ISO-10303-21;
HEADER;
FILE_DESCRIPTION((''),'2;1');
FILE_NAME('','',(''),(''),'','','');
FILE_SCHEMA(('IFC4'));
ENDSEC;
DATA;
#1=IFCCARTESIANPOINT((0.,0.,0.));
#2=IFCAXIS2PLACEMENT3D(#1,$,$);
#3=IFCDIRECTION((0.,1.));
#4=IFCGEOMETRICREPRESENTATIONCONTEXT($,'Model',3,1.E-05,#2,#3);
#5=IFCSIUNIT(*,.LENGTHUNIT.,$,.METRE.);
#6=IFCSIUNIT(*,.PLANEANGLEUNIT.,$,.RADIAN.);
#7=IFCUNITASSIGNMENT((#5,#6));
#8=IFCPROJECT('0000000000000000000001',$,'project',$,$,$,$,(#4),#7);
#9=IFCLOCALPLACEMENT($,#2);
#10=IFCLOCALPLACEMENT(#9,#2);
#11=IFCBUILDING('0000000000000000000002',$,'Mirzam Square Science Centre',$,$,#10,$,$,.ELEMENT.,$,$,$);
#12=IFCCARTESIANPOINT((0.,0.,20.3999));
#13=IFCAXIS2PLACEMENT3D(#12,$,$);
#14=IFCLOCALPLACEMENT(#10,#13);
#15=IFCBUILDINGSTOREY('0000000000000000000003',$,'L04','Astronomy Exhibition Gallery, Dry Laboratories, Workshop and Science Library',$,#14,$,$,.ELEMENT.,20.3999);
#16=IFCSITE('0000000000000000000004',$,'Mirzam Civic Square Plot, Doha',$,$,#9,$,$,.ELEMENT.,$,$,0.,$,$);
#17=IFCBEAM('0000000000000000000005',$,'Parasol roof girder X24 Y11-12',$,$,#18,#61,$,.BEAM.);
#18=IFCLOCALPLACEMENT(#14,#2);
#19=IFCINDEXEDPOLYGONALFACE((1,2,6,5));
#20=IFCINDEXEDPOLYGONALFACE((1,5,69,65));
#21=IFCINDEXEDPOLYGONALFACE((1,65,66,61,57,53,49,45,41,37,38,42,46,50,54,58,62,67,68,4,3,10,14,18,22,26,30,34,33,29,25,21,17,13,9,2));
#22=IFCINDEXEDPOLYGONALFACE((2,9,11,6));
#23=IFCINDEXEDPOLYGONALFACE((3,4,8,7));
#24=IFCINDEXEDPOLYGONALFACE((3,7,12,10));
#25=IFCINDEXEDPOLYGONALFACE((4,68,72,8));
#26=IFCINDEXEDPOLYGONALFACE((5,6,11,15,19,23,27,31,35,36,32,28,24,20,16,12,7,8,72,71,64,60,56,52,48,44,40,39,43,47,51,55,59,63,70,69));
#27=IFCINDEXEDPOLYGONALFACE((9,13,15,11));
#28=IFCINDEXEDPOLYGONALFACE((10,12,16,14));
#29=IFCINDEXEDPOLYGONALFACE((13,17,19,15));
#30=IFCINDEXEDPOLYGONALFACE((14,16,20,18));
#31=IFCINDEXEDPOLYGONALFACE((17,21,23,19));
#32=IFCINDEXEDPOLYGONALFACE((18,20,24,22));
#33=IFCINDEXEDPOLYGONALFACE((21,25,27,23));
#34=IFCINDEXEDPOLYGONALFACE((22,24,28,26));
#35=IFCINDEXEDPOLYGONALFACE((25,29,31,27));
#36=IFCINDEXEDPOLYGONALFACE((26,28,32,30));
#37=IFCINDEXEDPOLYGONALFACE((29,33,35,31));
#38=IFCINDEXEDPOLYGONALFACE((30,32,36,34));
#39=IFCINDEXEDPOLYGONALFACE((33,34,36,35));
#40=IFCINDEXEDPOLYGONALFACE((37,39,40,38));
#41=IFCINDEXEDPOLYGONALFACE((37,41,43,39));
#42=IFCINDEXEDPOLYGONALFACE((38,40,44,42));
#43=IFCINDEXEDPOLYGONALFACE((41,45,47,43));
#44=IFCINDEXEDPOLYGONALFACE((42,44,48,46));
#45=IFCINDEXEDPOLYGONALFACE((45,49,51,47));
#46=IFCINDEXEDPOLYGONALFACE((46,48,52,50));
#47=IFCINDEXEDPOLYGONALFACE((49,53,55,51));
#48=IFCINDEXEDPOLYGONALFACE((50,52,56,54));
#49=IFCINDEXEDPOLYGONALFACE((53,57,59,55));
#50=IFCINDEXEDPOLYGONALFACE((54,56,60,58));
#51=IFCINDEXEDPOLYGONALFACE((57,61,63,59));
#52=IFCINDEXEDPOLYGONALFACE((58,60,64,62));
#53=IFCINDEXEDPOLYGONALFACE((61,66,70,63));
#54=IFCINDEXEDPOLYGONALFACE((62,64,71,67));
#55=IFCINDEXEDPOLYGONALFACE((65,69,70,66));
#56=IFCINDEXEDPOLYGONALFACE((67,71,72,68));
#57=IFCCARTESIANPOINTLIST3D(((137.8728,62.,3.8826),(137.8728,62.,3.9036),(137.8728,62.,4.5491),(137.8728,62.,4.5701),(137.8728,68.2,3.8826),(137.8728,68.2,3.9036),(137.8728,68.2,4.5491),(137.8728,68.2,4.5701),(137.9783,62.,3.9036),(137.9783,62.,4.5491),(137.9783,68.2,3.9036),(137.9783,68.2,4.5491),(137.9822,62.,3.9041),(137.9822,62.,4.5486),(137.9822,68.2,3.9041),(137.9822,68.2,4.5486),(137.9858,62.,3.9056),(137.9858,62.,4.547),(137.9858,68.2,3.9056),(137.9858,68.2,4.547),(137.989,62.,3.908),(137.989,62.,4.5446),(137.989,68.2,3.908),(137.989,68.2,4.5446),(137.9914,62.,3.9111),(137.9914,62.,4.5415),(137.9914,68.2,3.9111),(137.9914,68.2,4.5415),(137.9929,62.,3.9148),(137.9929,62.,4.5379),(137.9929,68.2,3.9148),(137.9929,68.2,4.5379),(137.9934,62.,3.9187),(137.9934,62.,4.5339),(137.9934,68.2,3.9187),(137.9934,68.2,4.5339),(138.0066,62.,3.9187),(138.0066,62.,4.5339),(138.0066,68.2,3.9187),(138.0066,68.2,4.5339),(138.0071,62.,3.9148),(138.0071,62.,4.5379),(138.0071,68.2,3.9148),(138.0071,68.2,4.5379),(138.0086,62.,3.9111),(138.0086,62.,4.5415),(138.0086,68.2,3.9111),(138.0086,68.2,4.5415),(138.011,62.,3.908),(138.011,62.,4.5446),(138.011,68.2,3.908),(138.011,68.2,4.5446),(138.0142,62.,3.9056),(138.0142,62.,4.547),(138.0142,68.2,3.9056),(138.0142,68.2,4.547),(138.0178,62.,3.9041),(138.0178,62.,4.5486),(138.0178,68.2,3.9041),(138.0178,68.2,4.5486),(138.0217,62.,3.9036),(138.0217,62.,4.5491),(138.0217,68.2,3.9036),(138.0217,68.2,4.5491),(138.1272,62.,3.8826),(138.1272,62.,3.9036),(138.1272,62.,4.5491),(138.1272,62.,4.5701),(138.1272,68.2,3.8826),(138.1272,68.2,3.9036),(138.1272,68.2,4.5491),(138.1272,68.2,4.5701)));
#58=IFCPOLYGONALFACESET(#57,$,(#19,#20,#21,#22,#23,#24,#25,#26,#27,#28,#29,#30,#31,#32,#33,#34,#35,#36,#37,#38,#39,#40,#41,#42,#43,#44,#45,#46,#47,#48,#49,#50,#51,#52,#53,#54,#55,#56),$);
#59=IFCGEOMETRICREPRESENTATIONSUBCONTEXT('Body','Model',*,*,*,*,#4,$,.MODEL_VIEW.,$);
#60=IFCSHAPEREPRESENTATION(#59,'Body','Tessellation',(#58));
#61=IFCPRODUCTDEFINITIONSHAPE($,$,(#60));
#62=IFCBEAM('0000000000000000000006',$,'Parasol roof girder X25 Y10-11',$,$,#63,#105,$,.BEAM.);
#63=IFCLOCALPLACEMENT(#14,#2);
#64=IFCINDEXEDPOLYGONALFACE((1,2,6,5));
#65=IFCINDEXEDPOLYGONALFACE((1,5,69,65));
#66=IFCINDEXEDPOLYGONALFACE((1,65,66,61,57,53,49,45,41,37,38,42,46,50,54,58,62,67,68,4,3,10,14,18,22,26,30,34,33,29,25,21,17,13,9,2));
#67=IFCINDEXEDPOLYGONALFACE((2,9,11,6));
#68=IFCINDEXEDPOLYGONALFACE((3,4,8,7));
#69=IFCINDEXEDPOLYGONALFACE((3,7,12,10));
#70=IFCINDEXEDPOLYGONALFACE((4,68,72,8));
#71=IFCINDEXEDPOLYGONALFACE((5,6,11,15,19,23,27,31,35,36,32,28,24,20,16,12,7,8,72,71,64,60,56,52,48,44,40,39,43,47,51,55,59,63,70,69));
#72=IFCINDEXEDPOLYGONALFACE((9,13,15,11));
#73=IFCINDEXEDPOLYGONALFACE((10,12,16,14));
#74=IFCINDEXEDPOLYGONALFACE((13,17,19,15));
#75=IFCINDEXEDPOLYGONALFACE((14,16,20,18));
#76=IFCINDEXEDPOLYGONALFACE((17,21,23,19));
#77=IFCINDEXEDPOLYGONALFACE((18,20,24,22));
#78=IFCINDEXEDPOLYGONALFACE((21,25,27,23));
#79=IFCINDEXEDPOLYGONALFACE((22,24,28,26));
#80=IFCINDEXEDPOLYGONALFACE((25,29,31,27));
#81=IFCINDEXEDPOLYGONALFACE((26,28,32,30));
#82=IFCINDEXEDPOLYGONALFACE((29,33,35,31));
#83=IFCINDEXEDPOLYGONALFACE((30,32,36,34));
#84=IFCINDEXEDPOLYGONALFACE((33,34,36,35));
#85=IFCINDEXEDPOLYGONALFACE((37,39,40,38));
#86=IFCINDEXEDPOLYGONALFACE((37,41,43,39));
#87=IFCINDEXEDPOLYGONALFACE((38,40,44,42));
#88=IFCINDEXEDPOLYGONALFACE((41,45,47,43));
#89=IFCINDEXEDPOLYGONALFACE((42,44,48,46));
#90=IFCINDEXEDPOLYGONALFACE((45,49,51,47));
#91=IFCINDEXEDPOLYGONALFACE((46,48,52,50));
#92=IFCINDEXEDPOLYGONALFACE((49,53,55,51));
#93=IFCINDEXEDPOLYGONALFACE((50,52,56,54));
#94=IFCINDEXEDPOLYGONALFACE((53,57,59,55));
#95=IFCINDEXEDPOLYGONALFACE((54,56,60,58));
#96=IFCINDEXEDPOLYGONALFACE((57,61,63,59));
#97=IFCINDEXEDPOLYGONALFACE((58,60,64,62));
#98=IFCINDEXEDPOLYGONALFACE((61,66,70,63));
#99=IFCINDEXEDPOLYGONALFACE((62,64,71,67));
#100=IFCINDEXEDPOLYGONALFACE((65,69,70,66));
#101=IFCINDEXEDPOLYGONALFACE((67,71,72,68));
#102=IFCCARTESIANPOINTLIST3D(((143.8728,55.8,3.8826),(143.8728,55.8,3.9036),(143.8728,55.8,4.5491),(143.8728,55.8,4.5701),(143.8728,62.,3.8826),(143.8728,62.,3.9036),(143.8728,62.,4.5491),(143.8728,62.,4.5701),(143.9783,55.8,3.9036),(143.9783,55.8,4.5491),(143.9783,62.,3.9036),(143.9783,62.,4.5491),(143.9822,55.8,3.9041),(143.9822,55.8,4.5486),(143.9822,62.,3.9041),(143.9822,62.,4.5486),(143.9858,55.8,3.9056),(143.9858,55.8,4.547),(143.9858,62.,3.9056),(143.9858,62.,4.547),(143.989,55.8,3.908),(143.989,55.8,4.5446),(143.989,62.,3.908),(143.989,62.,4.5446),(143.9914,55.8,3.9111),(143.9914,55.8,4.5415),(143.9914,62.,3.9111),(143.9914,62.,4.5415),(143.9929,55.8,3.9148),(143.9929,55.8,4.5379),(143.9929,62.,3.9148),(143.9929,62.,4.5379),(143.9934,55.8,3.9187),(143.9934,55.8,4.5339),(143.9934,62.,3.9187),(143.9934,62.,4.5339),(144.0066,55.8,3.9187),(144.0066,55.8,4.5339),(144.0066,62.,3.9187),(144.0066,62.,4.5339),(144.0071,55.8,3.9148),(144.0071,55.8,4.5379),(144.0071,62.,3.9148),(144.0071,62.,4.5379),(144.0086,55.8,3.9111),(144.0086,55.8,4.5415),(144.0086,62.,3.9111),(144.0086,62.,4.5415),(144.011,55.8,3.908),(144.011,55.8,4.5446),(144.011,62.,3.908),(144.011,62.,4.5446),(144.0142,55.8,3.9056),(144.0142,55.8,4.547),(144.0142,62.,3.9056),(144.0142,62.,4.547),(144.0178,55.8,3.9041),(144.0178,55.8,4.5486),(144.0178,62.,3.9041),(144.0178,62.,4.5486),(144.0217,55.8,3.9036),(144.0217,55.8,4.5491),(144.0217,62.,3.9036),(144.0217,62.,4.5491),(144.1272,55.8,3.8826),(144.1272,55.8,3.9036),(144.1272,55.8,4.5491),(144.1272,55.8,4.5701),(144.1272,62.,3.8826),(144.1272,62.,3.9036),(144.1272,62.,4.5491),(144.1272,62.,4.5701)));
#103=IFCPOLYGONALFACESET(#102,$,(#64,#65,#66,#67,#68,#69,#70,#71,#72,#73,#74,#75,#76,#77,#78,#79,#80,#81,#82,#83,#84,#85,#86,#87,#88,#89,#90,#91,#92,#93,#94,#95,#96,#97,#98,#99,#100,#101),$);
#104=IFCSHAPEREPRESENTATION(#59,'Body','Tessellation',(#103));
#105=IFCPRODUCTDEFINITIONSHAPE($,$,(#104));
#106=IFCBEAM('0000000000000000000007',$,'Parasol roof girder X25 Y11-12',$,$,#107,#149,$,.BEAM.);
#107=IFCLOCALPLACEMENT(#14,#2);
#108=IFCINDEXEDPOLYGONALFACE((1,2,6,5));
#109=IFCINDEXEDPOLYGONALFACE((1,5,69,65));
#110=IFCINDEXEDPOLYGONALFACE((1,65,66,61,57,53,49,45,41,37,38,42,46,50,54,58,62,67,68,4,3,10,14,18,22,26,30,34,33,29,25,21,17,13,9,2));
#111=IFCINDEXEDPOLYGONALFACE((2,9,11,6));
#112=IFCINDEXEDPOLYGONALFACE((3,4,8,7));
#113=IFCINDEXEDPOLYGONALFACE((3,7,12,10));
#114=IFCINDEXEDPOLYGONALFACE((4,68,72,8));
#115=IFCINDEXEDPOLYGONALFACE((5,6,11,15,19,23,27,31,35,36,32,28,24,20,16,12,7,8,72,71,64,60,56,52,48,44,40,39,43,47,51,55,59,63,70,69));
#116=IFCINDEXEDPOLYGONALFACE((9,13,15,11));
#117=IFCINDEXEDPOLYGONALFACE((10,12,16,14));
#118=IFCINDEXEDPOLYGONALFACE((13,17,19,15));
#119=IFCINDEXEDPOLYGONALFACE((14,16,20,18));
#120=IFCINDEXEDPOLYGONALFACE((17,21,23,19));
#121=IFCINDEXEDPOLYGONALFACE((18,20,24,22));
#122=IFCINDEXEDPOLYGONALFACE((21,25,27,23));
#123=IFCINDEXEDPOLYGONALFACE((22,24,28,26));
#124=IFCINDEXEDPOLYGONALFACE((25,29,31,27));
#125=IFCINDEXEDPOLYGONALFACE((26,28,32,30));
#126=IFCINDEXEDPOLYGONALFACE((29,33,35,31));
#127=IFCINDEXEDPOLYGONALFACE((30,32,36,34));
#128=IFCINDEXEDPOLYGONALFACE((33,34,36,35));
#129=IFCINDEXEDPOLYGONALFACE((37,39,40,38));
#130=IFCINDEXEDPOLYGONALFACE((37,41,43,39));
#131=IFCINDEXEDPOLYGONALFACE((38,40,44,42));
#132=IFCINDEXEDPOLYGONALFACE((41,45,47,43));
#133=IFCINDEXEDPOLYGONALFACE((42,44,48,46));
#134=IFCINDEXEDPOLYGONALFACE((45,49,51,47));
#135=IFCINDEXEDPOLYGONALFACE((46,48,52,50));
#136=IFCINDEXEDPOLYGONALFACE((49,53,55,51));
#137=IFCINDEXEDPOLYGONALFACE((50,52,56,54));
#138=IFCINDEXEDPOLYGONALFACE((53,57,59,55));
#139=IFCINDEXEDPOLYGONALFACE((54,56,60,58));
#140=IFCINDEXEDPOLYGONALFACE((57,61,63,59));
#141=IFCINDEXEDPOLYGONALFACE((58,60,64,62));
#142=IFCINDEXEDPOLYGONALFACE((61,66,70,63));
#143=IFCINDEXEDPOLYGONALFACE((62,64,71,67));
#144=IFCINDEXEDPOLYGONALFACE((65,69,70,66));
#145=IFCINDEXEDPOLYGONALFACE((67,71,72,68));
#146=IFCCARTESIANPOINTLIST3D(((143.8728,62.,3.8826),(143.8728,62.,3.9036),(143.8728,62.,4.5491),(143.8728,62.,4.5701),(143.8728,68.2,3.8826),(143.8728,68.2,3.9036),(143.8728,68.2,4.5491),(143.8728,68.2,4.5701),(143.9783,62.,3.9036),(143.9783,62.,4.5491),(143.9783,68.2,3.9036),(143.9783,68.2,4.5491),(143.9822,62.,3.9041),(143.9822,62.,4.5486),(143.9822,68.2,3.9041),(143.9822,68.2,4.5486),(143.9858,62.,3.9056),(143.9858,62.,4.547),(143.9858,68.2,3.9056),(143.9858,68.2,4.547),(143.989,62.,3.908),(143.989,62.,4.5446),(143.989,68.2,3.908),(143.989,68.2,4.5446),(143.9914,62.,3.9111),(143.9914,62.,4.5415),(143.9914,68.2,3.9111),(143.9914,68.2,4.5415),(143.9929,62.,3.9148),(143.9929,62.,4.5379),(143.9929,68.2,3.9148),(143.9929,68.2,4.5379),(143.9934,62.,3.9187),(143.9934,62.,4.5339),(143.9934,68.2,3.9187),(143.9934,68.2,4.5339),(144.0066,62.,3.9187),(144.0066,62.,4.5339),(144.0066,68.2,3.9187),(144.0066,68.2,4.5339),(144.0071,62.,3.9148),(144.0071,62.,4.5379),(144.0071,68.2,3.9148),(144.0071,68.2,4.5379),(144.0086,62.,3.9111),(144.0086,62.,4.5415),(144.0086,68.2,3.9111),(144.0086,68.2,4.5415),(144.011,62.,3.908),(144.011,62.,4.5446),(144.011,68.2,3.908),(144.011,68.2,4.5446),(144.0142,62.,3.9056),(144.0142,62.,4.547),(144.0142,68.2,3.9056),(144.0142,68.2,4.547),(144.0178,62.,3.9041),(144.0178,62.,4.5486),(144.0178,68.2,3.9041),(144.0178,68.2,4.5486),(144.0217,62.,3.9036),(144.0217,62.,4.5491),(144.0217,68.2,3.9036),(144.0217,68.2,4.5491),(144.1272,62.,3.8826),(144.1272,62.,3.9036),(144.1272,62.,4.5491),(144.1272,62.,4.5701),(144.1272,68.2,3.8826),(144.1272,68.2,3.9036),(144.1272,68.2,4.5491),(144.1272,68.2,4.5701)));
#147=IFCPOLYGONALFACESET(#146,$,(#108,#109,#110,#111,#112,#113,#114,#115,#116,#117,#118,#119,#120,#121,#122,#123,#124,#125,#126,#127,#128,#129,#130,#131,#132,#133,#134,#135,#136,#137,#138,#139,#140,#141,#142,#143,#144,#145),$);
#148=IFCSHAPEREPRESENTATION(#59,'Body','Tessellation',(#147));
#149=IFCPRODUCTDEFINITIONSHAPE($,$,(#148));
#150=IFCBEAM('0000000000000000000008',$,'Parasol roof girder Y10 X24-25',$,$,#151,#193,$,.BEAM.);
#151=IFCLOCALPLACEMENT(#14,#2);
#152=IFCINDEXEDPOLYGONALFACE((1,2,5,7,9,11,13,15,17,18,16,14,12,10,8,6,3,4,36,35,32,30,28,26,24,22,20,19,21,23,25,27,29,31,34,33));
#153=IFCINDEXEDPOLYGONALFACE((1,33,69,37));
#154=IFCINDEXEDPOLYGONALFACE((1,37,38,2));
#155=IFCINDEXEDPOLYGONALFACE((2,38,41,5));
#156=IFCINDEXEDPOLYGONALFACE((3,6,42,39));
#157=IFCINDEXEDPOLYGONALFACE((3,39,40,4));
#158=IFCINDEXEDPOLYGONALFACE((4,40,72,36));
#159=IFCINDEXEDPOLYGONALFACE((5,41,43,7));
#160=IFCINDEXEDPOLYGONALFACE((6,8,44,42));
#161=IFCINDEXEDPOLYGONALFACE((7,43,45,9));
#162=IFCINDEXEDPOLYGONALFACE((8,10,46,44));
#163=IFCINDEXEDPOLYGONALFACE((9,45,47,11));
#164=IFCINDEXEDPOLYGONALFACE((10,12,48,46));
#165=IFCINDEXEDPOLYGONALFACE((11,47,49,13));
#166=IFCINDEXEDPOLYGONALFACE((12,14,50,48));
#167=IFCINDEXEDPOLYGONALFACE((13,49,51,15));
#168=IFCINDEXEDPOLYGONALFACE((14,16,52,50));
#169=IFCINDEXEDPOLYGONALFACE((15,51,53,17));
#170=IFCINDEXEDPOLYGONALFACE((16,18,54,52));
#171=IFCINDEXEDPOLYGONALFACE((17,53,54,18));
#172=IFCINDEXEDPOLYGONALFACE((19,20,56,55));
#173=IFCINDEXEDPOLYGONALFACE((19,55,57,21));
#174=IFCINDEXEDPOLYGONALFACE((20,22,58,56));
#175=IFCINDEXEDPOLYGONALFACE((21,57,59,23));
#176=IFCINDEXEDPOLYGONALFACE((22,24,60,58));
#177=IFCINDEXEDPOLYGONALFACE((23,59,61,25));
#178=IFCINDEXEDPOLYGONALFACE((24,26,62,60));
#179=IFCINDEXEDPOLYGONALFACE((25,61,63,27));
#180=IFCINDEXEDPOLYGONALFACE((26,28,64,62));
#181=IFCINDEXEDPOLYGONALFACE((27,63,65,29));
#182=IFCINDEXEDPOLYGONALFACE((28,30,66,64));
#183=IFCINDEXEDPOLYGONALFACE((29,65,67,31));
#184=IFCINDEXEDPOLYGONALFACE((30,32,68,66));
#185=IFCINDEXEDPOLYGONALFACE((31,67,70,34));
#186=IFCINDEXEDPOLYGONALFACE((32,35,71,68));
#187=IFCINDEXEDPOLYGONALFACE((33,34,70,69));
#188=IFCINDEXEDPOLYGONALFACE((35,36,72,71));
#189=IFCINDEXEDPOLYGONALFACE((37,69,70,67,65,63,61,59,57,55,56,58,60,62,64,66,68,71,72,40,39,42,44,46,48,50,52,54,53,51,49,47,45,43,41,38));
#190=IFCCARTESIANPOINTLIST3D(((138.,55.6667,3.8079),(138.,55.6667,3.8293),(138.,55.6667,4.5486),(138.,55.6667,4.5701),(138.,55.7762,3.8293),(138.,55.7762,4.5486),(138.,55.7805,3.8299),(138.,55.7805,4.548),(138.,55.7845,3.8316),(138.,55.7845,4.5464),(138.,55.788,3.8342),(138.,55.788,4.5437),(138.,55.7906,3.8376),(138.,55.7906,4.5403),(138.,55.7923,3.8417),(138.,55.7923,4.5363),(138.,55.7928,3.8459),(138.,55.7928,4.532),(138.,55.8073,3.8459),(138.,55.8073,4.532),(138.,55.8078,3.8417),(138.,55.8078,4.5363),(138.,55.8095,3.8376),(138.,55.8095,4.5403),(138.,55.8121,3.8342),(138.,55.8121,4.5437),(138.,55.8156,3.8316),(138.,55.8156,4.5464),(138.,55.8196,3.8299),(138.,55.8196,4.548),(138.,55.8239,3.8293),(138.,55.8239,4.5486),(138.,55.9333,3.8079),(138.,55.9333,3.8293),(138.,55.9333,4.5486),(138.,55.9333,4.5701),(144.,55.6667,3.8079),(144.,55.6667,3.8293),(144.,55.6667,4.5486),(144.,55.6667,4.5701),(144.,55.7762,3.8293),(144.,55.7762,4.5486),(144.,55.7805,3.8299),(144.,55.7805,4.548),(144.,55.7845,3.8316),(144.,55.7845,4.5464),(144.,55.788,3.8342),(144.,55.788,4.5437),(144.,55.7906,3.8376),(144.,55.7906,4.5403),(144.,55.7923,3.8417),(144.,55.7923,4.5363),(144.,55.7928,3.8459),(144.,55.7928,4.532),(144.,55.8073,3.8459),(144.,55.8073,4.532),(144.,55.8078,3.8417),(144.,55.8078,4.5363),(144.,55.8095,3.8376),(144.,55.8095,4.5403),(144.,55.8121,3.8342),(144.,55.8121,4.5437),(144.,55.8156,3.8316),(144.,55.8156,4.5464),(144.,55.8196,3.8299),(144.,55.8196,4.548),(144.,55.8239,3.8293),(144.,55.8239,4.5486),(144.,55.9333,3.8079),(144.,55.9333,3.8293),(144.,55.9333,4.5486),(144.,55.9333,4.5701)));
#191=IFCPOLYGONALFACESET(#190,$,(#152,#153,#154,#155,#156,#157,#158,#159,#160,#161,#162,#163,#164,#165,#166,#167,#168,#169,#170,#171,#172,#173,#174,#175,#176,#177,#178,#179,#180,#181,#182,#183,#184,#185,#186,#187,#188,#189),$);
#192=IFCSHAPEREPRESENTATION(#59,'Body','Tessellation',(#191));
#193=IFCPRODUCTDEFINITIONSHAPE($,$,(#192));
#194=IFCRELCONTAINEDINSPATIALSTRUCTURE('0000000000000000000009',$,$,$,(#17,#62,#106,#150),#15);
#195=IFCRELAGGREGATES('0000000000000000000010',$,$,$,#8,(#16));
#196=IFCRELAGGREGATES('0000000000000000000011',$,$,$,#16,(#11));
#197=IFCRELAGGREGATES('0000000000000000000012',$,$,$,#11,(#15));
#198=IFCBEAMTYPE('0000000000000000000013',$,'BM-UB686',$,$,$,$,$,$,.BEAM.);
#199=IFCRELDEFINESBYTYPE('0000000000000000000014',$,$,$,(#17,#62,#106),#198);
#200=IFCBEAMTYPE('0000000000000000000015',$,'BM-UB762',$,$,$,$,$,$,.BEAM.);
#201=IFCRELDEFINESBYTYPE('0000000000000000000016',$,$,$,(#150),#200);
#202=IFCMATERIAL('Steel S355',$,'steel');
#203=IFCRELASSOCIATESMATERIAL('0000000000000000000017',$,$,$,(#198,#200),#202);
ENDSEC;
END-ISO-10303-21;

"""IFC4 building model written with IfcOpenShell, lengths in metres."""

from ifc_helpers import new_model, si_unit, direction, frame, origin, origin_2d, place, context, subcontext, project, spatial, i_section, extrude, material, material_profile, profile_set, type_object, element, save


model = new_model("IFC4")

# Units and contexts
model_context = context("Model", 3, precision=1e-05, world=origin(), true_north=direction((0.0, 1.0)))
body_context = subcontext(model_context, "Body", "Model", "MODEL_VIEW")
ifc_project = project(units=[si_unit("LENGTHUNIT", "METRE"), si_unit("PLANEANGLEUNIT", "RADIAN")], contexts=[model_context])

# Site, building, storey
site_placement = place(None, origin())
site = spatial("IfcSite", under=ifc_project, at=site_placement, Name="Mirzam Civic Square Plot, Doha", CompositionType="ELEMENT", RefElevation=0.0)
building_placement = place(site_placement, origin())
building = spatial("IfcBuilding", under=site, at=building_placement, Name="Mirzam Square Science Centre", CompositionType="ELEMENT")
storey_placement = place(building_placement, frame((0.0, 0.0, 20.3999)))
storey = spatial("IfcBuildingStorey", under=building, at=storey_placement, Name="L04", Description="Astronomy Exhibition Gallery, Dry Laboratories, Workshop and Science Library", CompositionType="ELEMENT", Elevation=20.3999)

# Shared definitions
ifc_material_1 = material(Name="Steel S355", Category="steel")

# Beams
ifc_material_profile_1 = material_profile(ifc_material_1, i_section(OverallWidth=0.2544, OverallDepth=0.6875, WebThickness=0.0132, FlangeThickness=0.021, FilletRadius=0.0151, at=origin_2d()), Name="686x254x152UB")
ifc_profile_set_1 = profile_set([ifc_material_profile_1], Name="Steel S355")
beam_type_1 = type_object("IfcBeamType", Name="BM-UB686", PredefinedType="BEAM", material=ifc_profile_set_1)
for number, where, z_axis, x_axis, name in (
    (1, (138.0, 62.0, 4.2263), (0.0, 1.0, 0.0), (-1.0, 0.0, 0.0), "Parasol roof girder X24 Y11-12"),
    (2, (144.0, 55.8, 4.2263), (0.0, 1.0, 0.0), (-1.0, 0.0, 0.0), "Parasol roof girder X25 Y10-11"),
    (3, (144.0, 62.0, 4.2263), (0.0, 1.0, 0.0), (-1.0, 0.0, 0.0), "Parasol roof girder X25 Y11-12"),
):
    element("IfcBeam", number, at=place(storey_placement, frame(where, z_axis=z_axis, x_axis=x_axis)), inside=storey, type_object=beam_type_1, Name=name, PredefinedType="BEAM", context=body_context, shape_type="SweptSolid", body=[
        extrude(i_section(OverallWidth=0.2544, OverallDepth=0.6875, WebThickness=0.0132, FlangeThickness=0.021, FilletRadius=0.0151, at=origin_2d()), origin(), (0.0, 0.0, 1.0), 6.2),
    ])
ifc_material_profile_2 = material_profile(ifc_material_1, i_section(OverallWidth=0.2666, OverallDepth=0.7622, WebThickness=0.0144, FlangeThickness=0.0215, FilletRadius=0.0166, at=origin_2d()), Name="762x267x173UB")
ifc_profile_set_2 = profile_set([ifc_material_profile_2], Name="Steel S355")
beam_type_2 = type_object("IfcBeamType", Name="BM-UB762", PredefinedType="BEAM", material=ifc_profile_set_2)
for number, where, z_axis, x_axis, name in (
    (4, (138.0, 55.8, 4.189), (1.0, 0.0, 0.0), (0.0, 1.0, 0.0), "Parasol roof girder Y10 X24-25"),
):
    element("IfcBeam", number, at=place(storey_placement, frame(where, z_axis=z_axis, x_axis=x_axis)), inside=storey, type_object=beam_type_2, Name=name, PredefinedType="BEAM", context=body_context, shape_type="SweptSolid", body=[
        extrude(i_section(OverallWidth=0.2666, OverallDepth=0.7622, WebThickness=0.0144, FlangeThickness=0.0215, FilletRadius=0.0166, at=origin_2d()), origin(), (0.0, 0.0, 1.0), 6.0),
    ])

save(model, "model.ifc")
